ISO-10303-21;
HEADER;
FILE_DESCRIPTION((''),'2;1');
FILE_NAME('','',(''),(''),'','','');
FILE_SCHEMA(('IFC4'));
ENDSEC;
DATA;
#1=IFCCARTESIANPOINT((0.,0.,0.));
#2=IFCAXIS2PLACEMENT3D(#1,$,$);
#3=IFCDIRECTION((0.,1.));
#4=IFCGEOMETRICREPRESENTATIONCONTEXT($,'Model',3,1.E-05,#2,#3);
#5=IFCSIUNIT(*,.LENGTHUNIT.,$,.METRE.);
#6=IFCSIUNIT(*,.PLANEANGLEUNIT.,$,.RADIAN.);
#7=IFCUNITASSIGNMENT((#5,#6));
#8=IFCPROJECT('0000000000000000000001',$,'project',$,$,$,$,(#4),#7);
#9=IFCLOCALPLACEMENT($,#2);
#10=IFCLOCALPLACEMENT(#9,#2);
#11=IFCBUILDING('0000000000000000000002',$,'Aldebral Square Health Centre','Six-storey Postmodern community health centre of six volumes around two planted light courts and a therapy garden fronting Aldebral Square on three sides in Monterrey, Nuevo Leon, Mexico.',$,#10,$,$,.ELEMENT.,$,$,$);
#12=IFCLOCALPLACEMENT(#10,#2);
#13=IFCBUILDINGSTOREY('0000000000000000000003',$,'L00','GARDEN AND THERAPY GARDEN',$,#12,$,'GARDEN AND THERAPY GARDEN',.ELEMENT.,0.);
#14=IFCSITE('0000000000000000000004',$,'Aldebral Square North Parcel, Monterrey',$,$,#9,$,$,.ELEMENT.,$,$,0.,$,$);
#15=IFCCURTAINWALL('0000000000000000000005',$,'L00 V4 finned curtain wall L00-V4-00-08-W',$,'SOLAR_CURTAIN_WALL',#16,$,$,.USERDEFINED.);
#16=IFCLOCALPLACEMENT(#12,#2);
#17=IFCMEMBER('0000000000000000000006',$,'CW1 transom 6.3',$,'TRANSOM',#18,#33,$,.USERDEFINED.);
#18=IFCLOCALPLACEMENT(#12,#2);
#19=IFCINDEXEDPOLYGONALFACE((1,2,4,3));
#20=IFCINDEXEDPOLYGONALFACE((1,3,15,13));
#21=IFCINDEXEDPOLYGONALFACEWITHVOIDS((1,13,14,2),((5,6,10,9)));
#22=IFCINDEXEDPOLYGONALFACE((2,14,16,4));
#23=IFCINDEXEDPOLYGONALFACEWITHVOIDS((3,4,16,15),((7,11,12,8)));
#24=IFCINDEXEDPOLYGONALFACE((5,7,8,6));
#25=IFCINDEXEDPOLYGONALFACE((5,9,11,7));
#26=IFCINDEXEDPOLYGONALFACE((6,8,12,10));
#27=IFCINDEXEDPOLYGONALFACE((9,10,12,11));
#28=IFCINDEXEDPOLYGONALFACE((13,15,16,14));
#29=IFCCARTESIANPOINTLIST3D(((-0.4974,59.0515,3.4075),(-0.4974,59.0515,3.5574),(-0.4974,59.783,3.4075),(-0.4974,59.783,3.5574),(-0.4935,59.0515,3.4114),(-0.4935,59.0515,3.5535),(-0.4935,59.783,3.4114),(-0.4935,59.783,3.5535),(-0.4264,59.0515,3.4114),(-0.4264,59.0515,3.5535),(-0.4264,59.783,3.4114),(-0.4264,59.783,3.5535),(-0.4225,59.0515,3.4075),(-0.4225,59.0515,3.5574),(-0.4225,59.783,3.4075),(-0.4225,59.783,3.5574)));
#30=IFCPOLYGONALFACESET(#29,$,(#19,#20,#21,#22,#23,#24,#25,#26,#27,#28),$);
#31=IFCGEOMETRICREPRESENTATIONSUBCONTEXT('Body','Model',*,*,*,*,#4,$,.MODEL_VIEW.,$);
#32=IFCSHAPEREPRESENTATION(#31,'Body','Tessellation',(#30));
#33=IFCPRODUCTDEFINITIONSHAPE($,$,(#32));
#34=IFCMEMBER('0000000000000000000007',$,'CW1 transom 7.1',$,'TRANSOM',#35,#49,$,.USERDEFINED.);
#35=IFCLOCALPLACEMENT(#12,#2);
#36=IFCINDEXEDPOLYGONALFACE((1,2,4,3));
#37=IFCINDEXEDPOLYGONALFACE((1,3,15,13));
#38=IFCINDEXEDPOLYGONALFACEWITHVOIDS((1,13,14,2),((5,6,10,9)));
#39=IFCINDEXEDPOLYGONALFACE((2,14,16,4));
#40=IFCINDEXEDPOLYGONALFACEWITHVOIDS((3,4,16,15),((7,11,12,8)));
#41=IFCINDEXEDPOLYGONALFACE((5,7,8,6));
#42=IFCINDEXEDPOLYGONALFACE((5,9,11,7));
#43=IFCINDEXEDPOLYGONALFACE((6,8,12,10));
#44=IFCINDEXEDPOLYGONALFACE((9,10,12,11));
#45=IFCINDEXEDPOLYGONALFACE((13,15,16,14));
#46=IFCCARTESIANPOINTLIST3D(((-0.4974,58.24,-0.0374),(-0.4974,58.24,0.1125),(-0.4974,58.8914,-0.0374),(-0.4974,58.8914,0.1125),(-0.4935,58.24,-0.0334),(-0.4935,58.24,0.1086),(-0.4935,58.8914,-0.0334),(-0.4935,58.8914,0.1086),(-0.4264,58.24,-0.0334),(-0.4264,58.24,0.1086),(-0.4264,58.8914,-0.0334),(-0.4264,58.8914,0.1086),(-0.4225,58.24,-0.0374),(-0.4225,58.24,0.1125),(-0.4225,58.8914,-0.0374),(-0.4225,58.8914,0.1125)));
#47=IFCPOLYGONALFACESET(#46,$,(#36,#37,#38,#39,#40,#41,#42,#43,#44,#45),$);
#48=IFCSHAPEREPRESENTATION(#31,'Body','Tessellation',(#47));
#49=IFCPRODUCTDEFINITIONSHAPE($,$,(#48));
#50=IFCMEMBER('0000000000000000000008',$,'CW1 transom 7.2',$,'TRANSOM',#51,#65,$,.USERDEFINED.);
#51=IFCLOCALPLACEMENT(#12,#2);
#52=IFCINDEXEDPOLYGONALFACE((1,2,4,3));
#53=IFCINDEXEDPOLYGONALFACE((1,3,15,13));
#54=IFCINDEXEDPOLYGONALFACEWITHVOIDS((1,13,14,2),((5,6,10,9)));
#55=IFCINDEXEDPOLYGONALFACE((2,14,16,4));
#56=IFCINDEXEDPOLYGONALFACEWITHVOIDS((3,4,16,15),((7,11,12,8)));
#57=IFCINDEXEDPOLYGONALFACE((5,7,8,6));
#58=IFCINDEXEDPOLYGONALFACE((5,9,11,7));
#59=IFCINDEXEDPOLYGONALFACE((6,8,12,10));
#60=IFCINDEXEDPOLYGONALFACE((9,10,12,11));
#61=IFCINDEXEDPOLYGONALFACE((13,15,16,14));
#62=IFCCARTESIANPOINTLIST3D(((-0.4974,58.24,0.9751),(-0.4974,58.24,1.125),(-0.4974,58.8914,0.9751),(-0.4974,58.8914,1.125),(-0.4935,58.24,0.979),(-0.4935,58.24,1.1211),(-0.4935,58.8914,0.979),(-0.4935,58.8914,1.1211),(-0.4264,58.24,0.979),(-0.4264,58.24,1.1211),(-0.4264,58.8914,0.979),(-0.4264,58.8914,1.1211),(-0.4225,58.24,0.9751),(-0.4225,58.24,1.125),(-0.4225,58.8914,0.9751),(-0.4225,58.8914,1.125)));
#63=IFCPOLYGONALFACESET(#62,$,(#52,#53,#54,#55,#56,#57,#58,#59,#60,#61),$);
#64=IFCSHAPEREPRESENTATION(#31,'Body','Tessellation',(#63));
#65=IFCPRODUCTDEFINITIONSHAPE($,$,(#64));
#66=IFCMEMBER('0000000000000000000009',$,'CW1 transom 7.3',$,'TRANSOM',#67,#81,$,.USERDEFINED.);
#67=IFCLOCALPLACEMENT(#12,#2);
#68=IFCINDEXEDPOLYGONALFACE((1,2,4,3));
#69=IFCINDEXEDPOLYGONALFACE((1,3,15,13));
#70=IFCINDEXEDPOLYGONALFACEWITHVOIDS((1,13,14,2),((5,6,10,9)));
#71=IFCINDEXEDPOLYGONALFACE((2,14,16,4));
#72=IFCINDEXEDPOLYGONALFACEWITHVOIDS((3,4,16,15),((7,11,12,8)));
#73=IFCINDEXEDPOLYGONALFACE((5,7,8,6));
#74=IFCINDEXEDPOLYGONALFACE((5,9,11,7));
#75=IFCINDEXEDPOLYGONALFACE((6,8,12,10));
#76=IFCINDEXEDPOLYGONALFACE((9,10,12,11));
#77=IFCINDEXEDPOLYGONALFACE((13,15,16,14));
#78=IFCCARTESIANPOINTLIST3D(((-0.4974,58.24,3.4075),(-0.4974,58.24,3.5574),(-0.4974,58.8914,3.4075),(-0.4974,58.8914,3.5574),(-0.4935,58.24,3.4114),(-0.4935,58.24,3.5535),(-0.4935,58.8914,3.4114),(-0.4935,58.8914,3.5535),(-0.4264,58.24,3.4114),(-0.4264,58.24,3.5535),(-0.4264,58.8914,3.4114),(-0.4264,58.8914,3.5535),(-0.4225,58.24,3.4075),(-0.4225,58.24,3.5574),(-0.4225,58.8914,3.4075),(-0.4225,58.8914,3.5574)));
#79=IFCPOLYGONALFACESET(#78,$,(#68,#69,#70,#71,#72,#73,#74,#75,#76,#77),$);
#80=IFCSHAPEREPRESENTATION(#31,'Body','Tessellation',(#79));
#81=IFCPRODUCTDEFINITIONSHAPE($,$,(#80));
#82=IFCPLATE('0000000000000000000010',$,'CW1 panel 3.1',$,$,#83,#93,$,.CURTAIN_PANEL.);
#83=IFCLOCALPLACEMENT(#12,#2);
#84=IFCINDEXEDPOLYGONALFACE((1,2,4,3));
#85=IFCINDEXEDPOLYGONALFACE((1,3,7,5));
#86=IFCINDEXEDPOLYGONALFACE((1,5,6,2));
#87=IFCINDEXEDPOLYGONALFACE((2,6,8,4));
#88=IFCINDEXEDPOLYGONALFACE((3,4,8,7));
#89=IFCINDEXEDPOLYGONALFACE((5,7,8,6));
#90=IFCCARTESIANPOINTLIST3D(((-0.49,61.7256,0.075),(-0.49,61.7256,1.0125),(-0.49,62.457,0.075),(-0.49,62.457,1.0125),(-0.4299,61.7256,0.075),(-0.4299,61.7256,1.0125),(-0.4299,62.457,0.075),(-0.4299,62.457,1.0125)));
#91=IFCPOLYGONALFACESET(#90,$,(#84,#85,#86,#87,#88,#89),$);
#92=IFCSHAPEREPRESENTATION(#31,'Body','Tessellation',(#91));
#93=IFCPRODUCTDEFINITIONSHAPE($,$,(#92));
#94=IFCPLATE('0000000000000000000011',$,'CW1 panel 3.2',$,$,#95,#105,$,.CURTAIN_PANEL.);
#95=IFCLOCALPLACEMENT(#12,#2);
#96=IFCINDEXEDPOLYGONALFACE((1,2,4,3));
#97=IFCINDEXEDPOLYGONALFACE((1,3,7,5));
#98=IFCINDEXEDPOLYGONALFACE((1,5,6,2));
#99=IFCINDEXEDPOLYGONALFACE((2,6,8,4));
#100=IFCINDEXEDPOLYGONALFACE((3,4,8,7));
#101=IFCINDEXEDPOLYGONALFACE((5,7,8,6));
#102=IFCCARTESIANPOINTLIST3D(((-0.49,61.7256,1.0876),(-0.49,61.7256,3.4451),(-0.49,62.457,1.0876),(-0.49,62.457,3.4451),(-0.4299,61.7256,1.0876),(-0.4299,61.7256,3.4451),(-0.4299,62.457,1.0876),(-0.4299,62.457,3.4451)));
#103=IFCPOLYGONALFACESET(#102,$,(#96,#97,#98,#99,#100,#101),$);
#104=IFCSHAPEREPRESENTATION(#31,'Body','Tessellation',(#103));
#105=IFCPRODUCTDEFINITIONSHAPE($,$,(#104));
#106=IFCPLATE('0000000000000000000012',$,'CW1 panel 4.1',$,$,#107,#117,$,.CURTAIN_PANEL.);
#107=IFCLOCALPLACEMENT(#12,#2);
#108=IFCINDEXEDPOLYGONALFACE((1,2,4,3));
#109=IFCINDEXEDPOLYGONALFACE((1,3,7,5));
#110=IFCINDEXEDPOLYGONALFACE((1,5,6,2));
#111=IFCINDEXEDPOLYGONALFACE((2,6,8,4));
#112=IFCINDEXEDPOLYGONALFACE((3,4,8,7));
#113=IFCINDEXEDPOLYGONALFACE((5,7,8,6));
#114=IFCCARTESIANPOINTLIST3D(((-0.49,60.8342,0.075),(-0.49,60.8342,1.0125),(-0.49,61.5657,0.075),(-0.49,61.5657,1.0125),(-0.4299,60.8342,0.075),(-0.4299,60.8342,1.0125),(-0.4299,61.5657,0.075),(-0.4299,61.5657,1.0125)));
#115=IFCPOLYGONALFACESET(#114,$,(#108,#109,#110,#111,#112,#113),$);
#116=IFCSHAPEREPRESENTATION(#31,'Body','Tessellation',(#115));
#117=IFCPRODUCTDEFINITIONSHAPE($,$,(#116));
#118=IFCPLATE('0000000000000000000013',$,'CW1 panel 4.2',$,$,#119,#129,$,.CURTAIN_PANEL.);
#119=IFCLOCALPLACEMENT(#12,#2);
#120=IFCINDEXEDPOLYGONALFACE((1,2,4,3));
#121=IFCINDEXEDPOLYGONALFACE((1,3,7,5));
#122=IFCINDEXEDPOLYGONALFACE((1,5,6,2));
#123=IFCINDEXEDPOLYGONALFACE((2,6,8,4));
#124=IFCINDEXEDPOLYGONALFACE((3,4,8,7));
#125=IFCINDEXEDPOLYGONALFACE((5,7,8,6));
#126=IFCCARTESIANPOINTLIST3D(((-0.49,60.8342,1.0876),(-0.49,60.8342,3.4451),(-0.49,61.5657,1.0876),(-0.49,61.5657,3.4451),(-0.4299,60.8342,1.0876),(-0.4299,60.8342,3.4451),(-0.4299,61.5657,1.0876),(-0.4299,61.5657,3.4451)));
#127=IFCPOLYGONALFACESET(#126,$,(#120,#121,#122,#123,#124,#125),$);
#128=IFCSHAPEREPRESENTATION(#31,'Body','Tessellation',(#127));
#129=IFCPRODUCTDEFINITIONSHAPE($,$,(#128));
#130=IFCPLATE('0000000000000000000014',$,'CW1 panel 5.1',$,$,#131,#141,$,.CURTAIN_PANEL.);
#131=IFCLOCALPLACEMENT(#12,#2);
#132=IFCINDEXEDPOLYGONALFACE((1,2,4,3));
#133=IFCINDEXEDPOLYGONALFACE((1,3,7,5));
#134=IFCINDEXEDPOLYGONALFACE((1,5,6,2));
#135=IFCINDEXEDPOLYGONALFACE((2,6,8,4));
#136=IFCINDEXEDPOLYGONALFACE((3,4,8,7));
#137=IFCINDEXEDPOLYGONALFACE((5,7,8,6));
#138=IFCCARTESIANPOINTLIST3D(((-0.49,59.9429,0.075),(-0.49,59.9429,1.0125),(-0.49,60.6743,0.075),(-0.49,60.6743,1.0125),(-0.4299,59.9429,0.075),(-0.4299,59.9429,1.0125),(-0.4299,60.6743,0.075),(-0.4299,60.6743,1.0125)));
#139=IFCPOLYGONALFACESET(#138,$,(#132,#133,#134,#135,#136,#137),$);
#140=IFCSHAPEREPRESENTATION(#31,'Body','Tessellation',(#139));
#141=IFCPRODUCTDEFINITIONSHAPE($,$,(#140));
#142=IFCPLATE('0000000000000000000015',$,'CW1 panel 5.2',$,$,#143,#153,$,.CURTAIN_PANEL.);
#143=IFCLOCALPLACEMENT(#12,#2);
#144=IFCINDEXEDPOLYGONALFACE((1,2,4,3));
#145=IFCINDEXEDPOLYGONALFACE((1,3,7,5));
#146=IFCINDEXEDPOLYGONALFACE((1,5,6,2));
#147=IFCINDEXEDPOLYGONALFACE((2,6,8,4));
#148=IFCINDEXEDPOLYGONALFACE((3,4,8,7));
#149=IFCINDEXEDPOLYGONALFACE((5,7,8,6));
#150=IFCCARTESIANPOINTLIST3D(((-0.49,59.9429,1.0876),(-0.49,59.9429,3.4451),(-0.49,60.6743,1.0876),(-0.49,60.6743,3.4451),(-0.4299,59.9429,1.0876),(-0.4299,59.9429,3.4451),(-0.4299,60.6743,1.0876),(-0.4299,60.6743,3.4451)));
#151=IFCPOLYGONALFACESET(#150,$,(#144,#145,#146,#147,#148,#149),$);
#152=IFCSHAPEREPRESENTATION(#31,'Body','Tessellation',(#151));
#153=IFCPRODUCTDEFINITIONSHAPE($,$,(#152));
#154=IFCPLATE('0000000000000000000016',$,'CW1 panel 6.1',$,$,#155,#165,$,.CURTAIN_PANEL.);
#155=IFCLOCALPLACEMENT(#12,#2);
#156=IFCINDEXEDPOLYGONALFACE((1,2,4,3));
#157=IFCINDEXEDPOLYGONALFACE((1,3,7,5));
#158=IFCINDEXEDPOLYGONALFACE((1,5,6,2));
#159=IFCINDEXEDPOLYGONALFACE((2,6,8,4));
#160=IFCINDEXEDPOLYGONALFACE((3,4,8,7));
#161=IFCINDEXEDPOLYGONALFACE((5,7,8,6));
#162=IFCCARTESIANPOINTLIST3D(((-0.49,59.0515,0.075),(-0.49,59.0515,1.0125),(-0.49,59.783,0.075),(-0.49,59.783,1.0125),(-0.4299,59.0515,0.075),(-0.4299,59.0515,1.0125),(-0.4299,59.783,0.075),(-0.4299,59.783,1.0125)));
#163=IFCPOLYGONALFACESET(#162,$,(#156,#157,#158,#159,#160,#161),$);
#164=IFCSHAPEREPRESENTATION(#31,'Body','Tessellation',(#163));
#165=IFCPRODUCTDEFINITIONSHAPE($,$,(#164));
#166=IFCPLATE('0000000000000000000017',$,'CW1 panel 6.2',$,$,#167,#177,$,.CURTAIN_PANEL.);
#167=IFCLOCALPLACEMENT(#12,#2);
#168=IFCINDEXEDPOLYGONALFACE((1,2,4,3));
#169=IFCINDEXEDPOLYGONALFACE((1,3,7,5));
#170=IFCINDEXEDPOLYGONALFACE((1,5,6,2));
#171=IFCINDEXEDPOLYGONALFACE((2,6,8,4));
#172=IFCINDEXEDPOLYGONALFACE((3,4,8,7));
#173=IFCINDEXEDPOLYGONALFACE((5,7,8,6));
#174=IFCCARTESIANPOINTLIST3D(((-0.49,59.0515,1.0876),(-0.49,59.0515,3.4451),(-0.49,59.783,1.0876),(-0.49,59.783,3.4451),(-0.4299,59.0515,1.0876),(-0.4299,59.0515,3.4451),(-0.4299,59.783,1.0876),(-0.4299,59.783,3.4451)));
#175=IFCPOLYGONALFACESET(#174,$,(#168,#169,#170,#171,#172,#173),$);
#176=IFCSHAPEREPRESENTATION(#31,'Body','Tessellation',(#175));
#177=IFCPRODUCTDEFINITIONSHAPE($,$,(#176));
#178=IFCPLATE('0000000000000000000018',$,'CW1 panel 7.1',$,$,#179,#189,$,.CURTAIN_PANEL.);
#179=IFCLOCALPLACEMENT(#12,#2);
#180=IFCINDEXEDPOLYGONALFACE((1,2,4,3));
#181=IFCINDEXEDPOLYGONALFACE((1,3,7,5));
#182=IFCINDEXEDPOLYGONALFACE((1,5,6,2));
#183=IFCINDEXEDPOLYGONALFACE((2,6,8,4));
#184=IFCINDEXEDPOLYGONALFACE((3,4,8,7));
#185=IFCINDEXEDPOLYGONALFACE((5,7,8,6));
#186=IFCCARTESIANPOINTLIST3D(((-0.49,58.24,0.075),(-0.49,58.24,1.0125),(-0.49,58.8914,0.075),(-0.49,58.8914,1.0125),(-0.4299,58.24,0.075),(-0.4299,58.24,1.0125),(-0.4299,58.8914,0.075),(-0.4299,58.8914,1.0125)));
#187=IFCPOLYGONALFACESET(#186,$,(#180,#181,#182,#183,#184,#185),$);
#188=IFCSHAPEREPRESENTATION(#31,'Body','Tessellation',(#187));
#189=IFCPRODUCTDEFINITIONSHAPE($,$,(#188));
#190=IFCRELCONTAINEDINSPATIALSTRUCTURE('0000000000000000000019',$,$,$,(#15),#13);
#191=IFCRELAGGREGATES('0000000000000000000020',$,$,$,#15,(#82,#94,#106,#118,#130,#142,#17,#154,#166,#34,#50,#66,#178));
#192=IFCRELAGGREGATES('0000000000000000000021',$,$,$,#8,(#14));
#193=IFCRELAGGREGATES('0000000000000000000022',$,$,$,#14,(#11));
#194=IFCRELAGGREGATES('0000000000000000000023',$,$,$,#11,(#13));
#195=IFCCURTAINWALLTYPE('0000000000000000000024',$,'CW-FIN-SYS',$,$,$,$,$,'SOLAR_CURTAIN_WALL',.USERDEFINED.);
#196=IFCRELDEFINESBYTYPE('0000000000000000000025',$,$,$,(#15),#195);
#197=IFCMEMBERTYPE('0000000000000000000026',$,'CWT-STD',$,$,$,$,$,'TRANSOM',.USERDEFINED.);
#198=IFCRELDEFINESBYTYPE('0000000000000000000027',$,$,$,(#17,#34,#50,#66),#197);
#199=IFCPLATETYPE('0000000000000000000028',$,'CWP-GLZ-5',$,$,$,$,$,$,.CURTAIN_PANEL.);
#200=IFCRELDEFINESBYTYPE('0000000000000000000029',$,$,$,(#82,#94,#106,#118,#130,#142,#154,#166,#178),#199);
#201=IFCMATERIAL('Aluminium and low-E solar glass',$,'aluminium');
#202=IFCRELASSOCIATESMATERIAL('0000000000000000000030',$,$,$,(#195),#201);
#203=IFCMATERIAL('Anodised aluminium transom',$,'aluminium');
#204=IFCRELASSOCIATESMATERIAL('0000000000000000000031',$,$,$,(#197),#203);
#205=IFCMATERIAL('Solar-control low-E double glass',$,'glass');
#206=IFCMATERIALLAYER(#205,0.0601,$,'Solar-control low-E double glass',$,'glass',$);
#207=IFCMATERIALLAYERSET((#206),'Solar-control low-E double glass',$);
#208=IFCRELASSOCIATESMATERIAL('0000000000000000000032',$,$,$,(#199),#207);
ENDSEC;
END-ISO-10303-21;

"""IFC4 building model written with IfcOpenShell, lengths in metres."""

from ifc_helpers import new_model, si_unit, direction, frame, origin, origin_2d, place, context, subcontext, project, spatial, rectangle, hollow_rectangle, extrude, material, layer, layer_set, material_profile, profile_set, type_object, element, aggregate, save


model = new_model("IFC4")

# Units and contexts
model_context = context("Model", 3, precision=1e-05, world=origin(), true_north=direction((0.0, 1.0)))
body_context = subcontext(model_context, "Body", "Model", "MODEL_VIEW")
ifc_project = project(units=[si_unit("LENGTHUNIT", "METRE"), si_unit("PLANEANGLEUNIT", "RADIAN")], contexts=[model_context])

# Site, building, storey
site_placement = place(None, origin())
site = spatial("IfcSite", under=ifc_project, at=site_placement, Name="Aldebral Square North Parcel, Monterrey", CompositionType="ELEMENT", RefElevation=0.0)
building_placement = place(site_placement, origin())
building = spatial("IfcBuilding", under=site, at=building_placement, Name="Aldebral Square Health Centre", Description="Six-storey Postmodern community health centre of six volumes around two planted light courts and a therapy garden fronting Aldebral Square on three sides in Monterrey, Nuevo Leon, Mexico.", CompositionType="ELEMENT")
storey_placement = place(building_placement, origin())
storey = spatial("IfcBuildingStorey", under=building, at=storey_placement, Name="L00", Description="GARDEN AND THERAPY GARDEN", LongName="GARDEN AND THERAPY GARDEN", CompositionType="ELEMENT", Elevation=0.0)

# Curtain wall, members, plates
ifc_material_1 = material(Name="Aluminium and low-E solar glass", Category="aluminium")
curtain_wall_type = type_object("IfcCurtainWallType", Name="CW-FIN-SYS", ElementType="SOLAR_CURTAIN_WALL", PredefinedType="USERDEFINED", material=ifc_material_1)
curtain_wall_placement = place(storey_placement, origin())
curtain_wall = element("IfcCurtainWall", 1, at=curtain_wall_placement, inside=storey, type_object=curtain_wall_type, Name="L00 V4 finned curtain wall L00-V4-00-08-W", ObjectType="SOLAR_CURTAIN_WALL", PredefinedType="USERDEFINED")
ifc_material_2 = material(Name="Anodised aluminium transom", Category="aluminium")
ifc_material_profile_1 = material_profile(ifc_material_2, hollow_rectangle(XDim=0.075, YDim=0.1499, WallThickness=0.0039, at=origin_2d()), Name="CWT 75x150x4")
ifc_profile_set_1 = profile_set([ifc_material_profile_1], Name="Anodised aluminium transom")
member_type_1 = type_object("IfcMemberType", Name="CWT-STD", ElementType="TRANSOM", PredefinedType="USERDEFINED", material=ifc_profile_set_1)
member_1_placement = place(storey_placement, frame((-0.46, 59.783, 3.4824), z_axis=(0.0, -1.0, 0.0), x_axis=(1.0, 0.0, 0.0)))
member_1 = element("IfcMember", 2, at=member_1_placement, type_object=member_type_1, Name="CW1 transom 6.3", ObjectType="TRANSOM", PredefinedType="USERDEFINED", context=body_context, shape_type="SweptSolid", body=[
    extrude(hollow_rectangle(XDim=0.075, YDim=0.1499, WallThickness=0.0039, at=origin_2d()), origin(), (0.0, 0.0, 1.0), 0.7314),
])
member_2_placement = place(storey_placement, frame((-0.46, 58.8914, 0.0376), z_axis=(0.0, -1.0, 0.0), x_axis=(1.0, 0.0, 0.0)))
member_2 = element("IfcMember", 3, at=member_2_placement, type_object=member_type_1, Name="CW1 transom 7.1", ObjectType="TRANSOM", PredefinedType="USERDEFINED", context=body_context, shape_type="SweptSolid", body=[
    extrude(hollow_rectangle(XDim=0.075, YDim=0.1499, WallThickness=0.0039, at=origin_2d()), origin(), (0.0, 0.0, 1.0), 0.6514),
])
member_3_placement = place(storey_placement, frame((-0.46, 58.8914, 1.05), z_axis=(0.0, -1.0, 0.0), x_axis=(1.0, 0.0, 0.0)))
member_3 = element("IfcMember", 4, at=member_3_placement, type_object=member_type_1, Name="CW1 transom 7.2", ObjectType="TRANSOM", PredefinedType="USERDEFINED", context=body_context, shape_type="SweptSolid", body=[
    extrude(hollow_rectangle(XDim=0.075, YDim=0.1499, WallThickness=0.0039, at=origin_2d()), origin(), (0.0, 0.0, 1.0), 0.6514),
])
member_4_placement = place(storey_placement, frame((-0.46, 58.8914, 3.4824), z_axis=(0.0, -1.0, 0.0), x_axis=(1.0, 0.0, 0.0)))
member_4 = element("IfcMember", 5, at=member_4_placement, type_object=member_type_1, Name="CW1 transom 7.3", ObjectType="TRANSOM", PredefinedType="USERDEFINED", context=body_context, shape_type="SweptSolid", body=[
    extrude(hollow_rectangle(XDim=0.075, YDim=0.1499, WallThickness=0.0039, at=origin_2d()), origin(), (0.0, 0.0, 1.0), 0.6514),
])
ifc_material_3 = material(Name="Solar-control low-E double glass", Category="glass")
ifc_layer = layer(ifc_material_3, 0.0601, Name="Solar-control low-E double glass", Category="glass")
ifc_layer_set = layer_set([ifc_layer], Name="Solar-control low-E double glass")
plate_type = type_object("IfcPlateType", Name="CWP-GLZ-5", PredefinedType="CURTAIN_PANEL", material=ifc_layer_set)
plate_1_placement = place(storey_placement, frame((-0.46, 62.0913, 0.075), z_axis=(0.0, 0.0, 1.0), x_axis=(0.0, -1.0, 0.0)))
plate_1 = element("IfcPlate", 6, at=plate_1_placement, type_object=plate_type, Name="CW1 panel 3.1", PredefinedType="CURTAIN_PANEL", context=body_context, shape_type="SweptSolid", body=[
    extrude(rectangle(XDim=0.7314, YDim=0.0601, at=origin_2d()), origin(), (0.0, 0.0, 1.0), 0.9375),
])
plate_2_placement = place(storey_placement, frame((-0.46, 62.0913, 1.0876), z_axis=(0.0, 0.0, 1.0), x_axis=(0.0, -1.0, 0.0)))
plate_2 = element("IfcPlate", 7, at=plate_2_placement, type_object=plate_type, Name="CW1 panel 3.2", PredefinedType="CURTAIN_PANEL", context=body_context, shape_type="SweptSolid", body=[
    extrude(rectangle(XDim=0.7314, YDim=0.0601, at=origin_2d()), origin(), (0.0, 0.0, 1.0), 2.3574),
])
plate_3_placement = place(storey_placement, frame((-0.46, 61.2, 0.075), z_axis=(0.0, 0.0, 1.0), x_axis=(0.0, -1.0, 0.0)))
plate_3 = element("IfcPlate", 8, at=plate_3_placement, type_object=plate_type, Name="CW1 panel 4.1", PredefinedType="CURTAIN_PANEL", context=body_context, shape_type="SweptSolid", body=[
    extrude(rectangle(XDim=0.7314, YDim=0.0601, at=origin_2d()), origin(), (0.0, 0.0, 1.0), 0.9375),
])
plate_4_placement = place(storey_placement, frame((-0.46, 61.2, 1.0876), z_axis=(0.0, 0.0, 1.0), x_axis=(0.0, -1.0, 0.0)))
plate_4 = element("IfcPlate", 9, at=plate_4_placement, type_object=plate_type, Name="CW1 panel 4.2", PredefinedType="CURTAIN_PANEL", context=body_context, shape_type="SweptSolid", body=[
    extrude(rectangle(XDim=0.7314, YDim=0.0601, at=origin_2d()), origin(), (0.0, 0.0, 1.0), 2.3574),
])
plate_5_placement = place(storey_placement, frame((-0.46, 60.3086, 0.075), z_axis=(0.0, 0.0, 1.0), x_axis=(0.0, -1.0, 0.0)))
plate_5 = element("IfcPlate", 10, at=plate_5_placement, type_object=plate_type, Name="CW1 panel 5.1", PredefinedType="CURTAIN_PANEL", context=body_context, shape_type="SweptSolid", body=[
    extrude(rectangle(XDim=0.7314, YDim=0.0601, at=origin_2d()), origin(), (0.0, 0.0, 1.0), 0.9375),
])
plate_6_placement = place(storey_placement, frame((-0.46, 60.3086, 1.0876), z_axis=(0.0, 0.0, 1.0), x_axis=(0.0, -1.0, 0.0)))
plate_6 = element("IfcPlate", 11, at=plate_6_placement, type_object=plate_type, Name="CW1 panel 5.2", PredefinedType="CURTAIN_PANEL", context=body_context, shape_type="SweptSolid", body=[
    extrude(rectangle(XDim=0.7314, YDim=0.0601, at=origin_2d()), origin(), (0.0, 0.0, 1.0), 2.3574),
])
plate_7_placement = place(storey_placement, frame((-0.46, 59.4172, 0.075), z_axis=(0.0, 0.0, 1.0), x_axis=(0.0, -1.0, 0.0)))
plate_7 = element("IfcPlate", 12, at=plate_7_placement, type_object=plate_type, Name="CW1 panel 6.1", PredefinedType="CURTAIN_PANEL", context=body_context, shape_type="SweptSolid", body=[
    extrude(rectangle(XDim=0.7314, YDim=0.0601, at=origin_2d()), origin(), (0.0, 0.0, 1.0), 0.9375),
])
plate_8_placement = place(storey_placement, frame((-0.46, 59.4172, 1.0876), z_axis=(0.0, 0.0, 1.0), x_axis=(0.0, -1.0, 0.0)))
plate_8 = element("IfcPlate", 13, at=plate_8_placement, type_object=plate_type, Name="CW1 panel 6.2", PredefinedType="CURTAIN_PANEL", context=body_context, shape_type="SweptSolid", body=[
    extrude(rectangle(XDim=0.7314, YDim=0.0601, at=origin_2d()), origin(), (0.0, 0.0, 1.0), 2.3574),
])
plate_9_placement = place(storey_placement, frame((-0.46, 58.5657, 0.075), z_axis=(0.0, 0.0, 1.0), x_axis=(0.0, -1.0, 0.0)))
plate_9 = element("IfcPlate", 14, at=plate_9_placement, type_object=plate_type, Name="CW1 panel 7.1", PredefinedType="CURTAIN_PANEL", context=body_context, shape_type="SweptSolid", body=[
    extrude(rectangle(XDim=0.6514, YDim=0.0601, at=origin_2d()), origin(), (0.0, 0.0, 1.0), 0.9375),
])
aggregate(curtain_wall, [plate_1, plate_2, plate_3, plate_4, plate_5, plate_6, member_1, plate_7, plate_8, member_2, member_3, member_4, plate_9])

save(model, "model.ifc")
